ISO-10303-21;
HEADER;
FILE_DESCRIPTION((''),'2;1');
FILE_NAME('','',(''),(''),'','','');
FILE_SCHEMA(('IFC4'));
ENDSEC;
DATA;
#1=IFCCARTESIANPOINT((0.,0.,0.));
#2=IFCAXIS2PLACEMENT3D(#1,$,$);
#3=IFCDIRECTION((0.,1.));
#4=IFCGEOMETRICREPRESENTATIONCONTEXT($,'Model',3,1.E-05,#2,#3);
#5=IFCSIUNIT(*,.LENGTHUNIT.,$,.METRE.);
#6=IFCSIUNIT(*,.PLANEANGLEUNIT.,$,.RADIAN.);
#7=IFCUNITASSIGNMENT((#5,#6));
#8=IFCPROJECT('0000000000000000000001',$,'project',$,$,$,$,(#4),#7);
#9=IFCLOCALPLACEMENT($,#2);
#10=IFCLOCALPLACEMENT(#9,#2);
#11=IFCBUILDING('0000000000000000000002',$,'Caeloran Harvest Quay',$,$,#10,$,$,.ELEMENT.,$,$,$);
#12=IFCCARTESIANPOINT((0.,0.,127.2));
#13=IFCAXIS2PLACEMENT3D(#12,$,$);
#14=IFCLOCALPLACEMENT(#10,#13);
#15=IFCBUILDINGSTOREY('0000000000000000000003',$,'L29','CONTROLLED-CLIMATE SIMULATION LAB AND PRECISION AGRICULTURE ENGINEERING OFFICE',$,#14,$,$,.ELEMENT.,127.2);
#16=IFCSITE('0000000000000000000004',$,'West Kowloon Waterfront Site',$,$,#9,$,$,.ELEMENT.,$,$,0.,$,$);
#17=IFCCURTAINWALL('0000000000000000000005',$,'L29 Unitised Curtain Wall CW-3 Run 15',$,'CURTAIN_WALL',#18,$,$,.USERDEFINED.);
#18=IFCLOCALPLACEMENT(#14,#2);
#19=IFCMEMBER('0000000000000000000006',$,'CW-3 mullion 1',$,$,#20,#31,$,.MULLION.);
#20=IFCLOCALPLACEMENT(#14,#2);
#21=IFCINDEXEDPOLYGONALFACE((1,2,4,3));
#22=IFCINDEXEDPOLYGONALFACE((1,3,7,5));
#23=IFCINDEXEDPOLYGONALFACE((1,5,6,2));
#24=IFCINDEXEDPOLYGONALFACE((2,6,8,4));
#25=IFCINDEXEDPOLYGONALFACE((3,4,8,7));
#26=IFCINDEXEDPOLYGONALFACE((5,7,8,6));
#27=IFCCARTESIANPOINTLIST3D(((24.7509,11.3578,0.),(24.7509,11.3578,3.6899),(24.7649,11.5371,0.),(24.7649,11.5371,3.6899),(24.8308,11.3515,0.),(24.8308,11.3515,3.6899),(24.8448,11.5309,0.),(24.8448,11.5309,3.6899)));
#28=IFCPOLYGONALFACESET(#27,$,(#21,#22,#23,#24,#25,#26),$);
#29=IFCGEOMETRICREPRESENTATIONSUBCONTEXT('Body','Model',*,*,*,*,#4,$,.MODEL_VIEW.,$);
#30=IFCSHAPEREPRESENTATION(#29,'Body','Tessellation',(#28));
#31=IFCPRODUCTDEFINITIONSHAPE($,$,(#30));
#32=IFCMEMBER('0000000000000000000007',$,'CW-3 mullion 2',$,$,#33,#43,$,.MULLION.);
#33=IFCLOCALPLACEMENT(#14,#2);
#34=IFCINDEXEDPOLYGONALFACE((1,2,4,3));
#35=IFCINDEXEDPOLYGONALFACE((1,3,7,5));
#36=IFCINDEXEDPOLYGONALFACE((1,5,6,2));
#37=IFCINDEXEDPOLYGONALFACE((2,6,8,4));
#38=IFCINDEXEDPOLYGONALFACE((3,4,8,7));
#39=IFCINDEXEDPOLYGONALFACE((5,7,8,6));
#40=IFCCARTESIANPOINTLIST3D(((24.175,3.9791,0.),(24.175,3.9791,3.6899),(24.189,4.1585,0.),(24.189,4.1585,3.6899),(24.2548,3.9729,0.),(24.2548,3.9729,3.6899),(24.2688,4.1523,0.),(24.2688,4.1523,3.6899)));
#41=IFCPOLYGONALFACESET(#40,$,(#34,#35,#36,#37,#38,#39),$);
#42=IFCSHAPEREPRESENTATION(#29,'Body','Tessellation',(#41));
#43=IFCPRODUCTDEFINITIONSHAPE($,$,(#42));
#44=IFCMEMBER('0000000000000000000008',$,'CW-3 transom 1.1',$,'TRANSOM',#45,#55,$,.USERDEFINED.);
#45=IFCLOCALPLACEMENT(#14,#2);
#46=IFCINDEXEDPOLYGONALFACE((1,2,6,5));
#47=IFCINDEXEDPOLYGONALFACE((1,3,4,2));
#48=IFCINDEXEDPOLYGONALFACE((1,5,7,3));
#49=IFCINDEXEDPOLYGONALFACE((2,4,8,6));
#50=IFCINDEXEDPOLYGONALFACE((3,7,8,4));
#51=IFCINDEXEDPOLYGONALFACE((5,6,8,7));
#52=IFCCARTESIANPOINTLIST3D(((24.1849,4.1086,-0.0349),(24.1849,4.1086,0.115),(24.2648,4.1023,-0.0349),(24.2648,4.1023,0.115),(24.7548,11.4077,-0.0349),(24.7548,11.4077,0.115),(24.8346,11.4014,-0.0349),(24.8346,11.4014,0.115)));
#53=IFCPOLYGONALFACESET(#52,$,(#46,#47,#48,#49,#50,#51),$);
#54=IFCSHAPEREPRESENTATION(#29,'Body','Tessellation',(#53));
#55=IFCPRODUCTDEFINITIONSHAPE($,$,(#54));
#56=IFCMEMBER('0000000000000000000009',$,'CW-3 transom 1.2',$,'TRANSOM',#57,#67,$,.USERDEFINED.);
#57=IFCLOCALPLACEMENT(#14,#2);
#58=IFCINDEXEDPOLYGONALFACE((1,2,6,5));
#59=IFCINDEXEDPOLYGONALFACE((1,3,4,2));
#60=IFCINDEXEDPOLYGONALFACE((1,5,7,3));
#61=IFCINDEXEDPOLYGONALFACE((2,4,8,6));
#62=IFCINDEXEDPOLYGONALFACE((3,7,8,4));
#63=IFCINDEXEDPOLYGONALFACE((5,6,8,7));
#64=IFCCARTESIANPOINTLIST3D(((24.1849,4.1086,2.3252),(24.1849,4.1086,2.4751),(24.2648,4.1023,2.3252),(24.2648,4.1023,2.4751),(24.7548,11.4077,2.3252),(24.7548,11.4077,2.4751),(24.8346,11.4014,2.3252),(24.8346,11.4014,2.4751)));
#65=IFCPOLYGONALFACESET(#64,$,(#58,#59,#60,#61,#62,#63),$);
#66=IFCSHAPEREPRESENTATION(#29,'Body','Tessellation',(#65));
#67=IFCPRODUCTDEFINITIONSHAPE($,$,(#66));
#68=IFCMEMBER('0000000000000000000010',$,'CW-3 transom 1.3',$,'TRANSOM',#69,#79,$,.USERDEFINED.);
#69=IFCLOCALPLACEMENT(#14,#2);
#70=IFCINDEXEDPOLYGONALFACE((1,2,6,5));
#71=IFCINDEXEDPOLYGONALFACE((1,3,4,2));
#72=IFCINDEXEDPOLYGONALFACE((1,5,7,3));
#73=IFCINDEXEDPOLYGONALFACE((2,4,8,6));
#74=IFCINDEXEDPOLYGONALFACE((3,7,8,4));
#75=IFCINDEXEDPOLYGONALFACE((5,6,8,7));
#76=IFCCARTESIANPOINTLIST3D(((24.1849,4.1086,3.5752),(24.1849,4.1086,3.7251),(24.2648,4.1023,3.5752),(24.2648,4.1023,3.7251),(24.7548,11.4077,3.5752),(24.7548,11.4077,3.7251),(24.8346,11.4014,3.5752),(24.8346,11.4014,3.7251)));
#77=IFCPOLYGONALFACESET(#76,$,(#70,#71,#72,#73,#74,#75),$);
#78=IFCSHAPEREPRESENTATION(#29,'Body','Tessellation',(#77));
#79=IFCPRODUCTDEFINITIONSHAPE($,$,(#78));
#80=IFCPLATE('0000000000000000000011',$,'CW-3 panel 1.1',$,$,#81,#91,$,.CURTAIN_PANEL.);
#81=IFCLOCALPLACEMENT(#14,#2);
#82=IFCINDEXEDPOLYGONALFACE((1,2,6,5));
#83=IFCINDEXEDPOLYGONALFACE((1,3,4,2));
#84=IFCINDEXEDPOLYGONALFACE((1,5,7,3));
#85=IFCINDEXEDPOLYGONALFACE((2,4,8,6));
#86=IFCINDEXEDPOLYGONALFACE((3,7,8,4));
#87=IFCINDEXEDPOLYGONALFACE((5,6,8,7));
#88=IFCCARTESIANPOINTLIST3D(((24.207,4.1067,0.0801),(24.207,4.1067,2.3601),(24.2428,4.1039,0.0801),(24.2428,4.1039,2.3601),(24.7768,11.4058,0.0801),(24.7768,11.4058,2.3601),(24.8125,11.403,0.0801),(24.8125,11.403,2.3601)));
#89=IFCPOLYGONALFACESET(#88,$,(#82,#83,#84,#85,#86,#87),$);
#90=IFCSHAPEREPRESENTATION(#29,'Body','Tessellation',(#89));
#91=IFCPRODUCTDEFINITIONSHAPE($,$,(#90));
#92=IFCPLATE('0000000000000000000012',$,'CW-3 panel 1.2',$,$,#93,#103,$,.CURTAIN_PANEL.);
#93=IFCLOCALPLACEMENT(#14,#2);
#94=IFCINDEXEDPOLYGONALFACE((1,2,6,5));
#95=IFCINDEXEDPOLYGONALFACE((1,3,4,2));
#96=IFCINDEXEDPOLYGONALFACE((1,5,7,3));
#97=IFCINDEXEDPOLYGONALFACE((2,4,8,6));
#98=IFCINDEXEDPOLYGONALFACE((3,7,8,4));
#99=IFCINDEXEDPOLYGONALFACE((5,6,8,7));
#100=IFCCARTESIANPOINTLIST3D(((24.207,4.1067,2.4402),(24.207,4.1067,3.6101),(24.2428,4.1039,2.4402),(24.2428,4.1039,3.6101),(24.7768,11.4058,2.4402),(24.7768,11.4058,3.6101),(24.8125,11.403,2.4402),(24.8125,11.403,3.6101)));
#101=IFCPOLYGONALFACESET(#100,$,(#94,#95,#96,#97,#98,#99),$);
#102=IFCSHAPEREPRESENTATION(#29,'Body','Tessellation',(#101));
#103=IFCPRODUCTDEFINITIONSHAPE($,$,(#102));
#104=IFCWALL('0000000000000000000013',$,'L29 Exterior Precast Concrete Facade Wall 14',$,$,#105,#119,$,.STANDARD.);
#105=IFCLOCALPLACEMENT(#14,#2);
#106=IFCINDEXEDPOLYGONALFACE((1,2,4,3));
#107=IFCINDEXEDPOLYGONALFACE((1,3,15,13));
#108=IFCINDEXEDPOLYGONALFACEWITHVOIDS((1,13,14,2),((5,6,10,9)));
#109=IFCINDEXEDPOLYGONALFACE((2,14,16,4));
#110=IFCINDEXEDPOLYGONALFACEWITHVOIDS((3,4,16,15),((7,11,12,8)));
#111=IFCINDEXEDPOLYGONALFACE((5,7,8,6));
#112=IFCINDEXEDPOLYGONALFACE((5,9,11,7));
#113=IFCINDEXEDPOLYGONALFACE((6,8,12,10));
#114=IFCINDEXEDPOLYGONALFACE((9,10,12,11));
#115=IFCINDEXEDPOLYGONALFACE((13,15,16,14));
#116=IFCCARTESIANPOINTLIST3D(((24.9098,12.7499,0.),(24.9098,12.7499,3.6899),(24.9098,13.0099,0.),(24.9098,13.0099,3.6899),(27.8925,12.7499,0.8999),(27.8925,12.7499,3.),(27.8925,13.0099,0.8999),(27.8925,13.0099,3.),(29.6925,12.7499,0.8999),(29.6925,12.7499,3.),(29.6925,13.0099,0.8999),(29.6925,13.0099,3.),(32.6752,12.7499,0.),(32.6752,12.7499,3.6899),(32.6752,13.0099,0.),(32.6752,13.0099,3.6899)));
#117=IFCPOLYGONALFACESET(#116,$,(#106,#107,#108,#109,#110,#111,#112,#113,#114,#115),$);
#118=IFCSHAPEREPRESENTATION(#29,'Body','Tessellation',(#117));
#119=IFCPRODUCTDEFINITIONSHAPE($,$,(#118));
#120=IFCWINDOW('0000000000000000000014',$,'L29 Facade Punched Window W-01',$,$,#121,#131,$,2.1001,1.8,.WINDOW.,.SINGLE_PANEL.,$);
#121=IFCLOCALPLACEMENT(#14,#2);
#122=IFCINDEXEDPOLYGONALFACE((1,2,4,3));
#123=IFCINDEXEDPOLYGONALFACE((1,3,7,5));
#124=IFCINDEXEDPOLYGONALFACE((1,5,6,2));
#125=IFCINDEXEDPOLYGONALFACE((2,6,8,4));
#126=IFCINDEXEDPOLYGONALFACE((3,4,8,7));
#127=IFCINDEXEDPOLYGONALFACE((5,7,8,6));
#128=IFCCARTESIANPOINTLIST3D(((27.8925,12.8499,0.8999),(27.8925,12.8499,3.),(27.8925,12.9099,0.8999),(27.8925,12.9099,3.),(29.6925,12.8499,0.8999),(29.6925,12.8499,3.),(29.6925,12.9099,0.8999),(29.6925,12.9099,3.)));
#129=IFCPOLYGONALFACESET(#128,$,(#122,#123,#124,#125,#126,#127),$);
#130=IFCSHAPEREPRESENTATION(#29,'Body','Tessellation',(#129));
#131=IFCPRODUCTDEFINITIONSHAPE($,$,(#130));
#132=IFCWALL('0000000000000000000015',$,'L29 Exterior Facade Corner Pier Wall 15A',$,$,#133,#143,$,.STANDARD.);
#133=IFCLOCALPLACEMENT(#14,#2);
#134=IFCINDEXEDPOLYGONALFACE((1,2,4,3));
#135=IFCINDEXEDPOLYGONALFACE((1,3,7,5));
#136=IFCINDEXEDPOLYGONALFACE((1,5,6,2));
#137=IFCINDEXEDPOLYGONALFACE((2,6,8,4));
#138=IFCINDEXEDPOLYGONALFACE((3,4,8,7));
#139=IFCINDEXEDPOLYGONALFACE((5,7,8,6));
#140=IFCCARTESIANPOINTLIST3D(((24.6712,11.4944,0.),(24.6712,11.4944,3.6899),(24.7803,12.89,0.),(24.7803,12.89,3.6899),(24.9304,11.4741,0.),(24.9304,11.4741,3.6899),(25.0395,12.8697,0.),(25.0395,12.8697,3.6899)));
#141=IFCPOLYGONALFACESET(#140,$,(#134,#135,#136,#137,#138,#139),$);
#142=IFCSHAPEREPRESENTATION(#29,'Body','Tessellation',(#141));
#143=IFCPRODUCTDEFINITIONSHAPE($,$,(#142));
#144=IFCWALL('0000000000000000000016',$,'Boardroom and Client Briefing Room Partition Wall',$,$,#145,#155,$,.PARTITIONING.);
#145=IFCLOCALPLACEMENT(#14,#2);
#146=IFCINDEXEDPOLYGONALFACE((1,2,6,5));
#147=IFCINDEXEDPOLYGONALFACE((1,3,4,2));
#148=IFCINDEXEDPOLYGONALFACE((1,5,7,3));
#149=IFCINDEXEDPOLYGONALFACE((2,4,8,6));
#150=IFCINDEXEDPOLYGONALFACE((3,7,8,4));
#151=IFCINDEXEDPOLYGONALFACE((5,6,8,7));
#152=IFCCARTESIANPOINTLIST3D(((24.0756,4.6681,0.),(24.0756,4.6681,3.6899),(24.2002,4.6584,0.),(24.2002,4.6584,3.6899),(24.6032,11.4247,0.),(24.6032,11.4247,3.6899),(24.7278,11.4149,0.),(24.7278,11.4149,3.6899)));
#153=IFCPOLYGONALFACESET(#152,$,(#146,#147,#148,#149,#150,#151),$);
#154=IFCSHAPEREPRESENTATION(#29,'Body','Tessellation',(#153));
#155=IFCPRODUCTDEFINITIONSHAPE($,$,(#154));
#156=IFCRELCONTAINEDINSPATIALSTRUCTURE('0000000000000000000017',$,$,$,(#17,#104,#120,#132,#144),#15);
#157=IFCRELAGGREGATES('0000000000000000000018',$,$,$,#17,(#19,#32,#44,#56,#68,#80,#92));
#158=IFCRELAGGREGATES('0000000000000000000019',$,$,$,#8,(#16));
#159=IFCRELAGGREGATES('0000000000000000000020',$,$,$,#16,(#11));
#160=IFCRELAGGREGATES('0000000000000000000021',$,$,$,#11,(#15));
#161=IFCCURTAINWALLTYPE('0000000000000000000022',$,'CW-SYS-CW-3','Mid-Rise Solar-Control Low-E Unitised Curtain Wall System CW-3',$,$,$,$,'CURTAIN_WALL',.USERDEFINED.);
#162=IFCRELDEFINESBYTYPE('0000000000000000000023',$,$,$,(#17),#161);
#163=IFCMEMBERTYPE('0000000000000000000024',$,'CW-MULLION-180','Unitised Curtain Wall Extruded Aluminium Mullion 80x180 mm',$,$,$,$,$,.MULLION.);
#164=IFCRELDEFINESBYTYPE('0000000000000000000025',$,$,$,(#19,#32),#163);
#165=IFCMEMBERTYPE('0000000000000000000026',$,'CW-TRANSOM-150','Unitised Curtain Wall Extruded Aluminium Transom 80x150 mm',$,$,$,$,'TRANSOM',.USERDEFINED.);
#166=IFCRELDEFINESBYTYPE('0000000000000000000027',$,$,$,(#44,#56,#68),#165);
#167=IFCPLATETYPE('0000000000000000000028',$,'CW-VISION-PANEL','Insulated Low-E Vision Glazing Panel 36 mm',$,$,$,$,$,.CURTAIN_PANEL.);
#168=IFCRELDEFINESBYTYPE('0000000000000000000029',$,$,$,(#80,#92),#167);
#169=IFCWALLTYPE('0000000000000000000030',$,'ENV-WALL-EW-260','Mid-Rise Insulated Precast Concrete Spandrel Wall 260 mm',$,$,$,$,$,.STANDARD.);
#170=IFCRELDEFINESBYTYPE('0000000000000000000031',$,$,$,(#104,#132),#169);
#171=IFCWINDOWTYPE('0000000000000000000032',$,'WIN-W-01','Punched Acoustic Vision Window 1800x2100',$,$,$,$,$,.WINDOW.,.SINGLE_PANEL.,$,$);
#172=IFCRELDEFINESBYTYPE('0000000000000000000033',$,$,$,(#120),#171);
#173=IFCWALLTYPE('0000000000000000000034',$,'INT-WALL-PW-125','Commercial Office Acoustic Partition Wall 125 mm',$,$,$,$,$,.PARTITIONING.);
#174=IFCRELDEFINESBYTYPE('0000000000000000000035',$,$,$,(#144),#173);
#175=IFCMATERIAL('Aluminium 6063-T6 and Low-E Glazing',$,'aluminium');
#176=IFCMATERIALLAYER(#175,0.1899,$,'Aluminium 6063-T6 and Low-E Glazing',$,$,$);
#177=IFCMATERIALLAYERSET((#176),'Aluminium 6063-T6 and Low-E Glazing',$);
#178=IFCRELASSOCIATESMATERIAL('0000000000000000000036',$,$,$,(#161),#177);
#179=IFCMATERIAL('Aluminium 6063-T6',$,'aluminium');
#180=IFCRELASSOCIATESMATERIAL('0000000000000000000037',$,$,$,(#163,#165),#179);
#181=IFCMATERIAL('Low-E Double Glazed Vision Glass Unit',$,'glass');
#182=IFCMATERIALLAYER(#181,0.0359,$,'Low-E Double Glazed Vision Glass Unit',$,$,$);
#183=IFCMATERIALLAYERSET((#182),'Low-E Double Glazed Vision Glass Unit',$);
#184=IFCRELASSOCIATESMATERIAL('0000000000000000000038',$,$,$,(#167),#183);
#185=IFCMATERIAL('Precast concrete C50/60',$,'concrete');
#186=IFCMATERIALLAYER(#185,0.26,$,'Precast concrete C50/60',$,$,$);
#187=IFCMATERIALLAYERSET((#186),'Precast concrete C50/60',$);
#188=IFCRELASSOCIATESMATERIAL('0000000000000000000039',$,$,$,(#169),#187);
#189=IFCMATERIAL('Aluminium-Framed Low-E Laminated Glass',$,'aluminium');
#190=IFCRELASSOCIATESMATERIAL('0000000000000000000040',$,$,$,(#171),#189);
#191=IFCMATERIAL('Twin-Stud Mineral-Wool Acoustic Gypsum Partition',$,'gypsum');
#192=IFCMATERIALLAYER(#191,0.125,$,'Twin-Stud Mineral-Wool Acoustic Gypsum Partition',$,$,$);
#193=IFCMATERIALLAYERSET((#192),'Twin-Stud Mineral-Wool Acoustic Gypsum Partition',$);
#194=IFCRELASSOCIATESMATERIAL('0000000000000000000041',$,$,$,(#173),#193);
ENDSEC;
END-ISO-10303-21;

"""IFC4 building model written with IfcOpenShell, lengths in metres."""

from ifc_helpers import new_model, si_unit, direction, frame, frame_2d, origin, origin_2d, place, context, subcontext, project, spatial, rectangle, extrude, material, layer, layer_set, material_profile, profile_set, type_object, element, fill, aggregate, save


model = new_model("IFC4")

# Units and contexts
model_context = context("Model", 3, precision=1e-05, world=origin(), true_north=direction((0.0, 1.0)))
body_context = subcontext(model_context, "Body", "Model", "MODEL_VIEW")
ifc_project = project(units=[si_unit("LENGTHUNIT", "METRE"), si_unit("PLANEANGLEUNIT", "RADIAN")], contexts=[model_context])

# Site, building, storey
site_placement = place(None, origin())
site = spatial("IfcSite", under=ifc_project, at=site_placement, Name="West Kowloon Waterfront Site", CompositionType="ELEMENT", RefElevation=0.0)
building_placement = place(site_placement, origin())
building = spatial("IfcBuilding", under=site, at=building_placement, Name="Caeloran Harvest Quay", CompositionType="ELEMENT")
storey_placement = place(building_placement, frame((0.0, 0.0, 127.2)))
storey = spatial("IfcBuildingStorey", under=building, at=storey_placement, Name="L29", Description="CONTROLLED-CLIMATE SIMULATION LAB AND PRECISION AGRICULTURE ENGINEERING OFFICE", CompositionType="ELEMENT", Elevation=127.2)

# Curtain wall, members, plates
ifc_material_1 = material(Name="Aluminium 6063-T6 and Low-E Glazing", Category="aluminium")
ifc_layer_1 = layer(ifc_material_1, 0.1899, Name="Aluminium 6063-T6 and Low-E Glazing")
ifc_layer_set_1 = layer_set([ifc_layer_1], Name="Aluminium 6063-T6 and Low-E Glazing")
curtain_wall_type = type_object("IfcCurtainWallType", Name="CW-SYS-CW-3", Description="Mid-Rise Solar-Control Low-E Unitised Curtain Wall System CW-3", ElementType="CURTAIN_WALL", PredefinedType="USERDEFINED", material=ifc_layer_set_1)
curtain_wall_placement = place(storey_placement, origin())
curtain_wall = element("IfcCurtainWall", 1, at=curtain_wall_placement, inside=storey, type_object=curtain_wall_type, Name="L29 Unitised Curtain Wall CW-3 Run 15", ObjectType="CURTAIN_WALL", PredefinedType="USERDEFINED")
ifc_material_2 = material(Name="Aluminium 6063-T6", Category="aluminium")
ifc_material_profile_1 = material_profile(ifc_material_2, rectangle(XDim=0.0801, YDim=0.1799, at=origin_2d()), Name="CW-MULLION-180")
ifc_profile_set_1 = profile_set([ifc_material_profile_1], Name="Aluminium 6063-T6")
member_type_1 = type_object("IfcMemberType", Name="CW-MULLION-180", Description="Unitised Curtain Wall Extruded Aluminium Mullion 80x180 mm", PredefinedType="MULLION", material=ifc_profile_set_1)
member_1_placement = place(storey_placement, frame((24.7979, 11.4443, 0.0), z_axis=(0.0, 0.0, 1.0), x_axis=(0.996967, -0.077822, 0.0)))
member_1 = element("IfcMember", 2, at=member_1_placement, type_object=member_type_1, Name="CW-3 mullion 1", PredefinedType="MULLION", context=body_context, shape_type="SweptSolid", body=[
    extrude(rectangle(XDim=0.0801, YDim=0.1799, at=origin_2d()), origin(), (0.0, 0.0, 1.0), 3.6899),
])
member_2_placement = place(storey_placement, frame((24.2219, 4.0657, 0.0), z_axis=(0.0, 0.0, 1.0), x_axis=(0.996967, -0.077822, 0.0)))
member_2 = element("IfcMember", 3, at=member_2_placement, type_object=member_type_1, Name="CW-3 mullion 2", PredefinedType="MULLION", context=body_context, shape_type="SweptSolid", body=[
    extrude(rectangle(XDim=0.0801, YDim=0.1799, at=origin_2d()), origin(), (0.0, 0.0, 1.0), 3.6899),
])
ifc_material_profile_2 = material_profile(ifc_material_2, rectangle(XDim=0.0801, YDim=0.1499, at=origin_2d()), Name="CW-TRANSOM-150")
ifc_profile_set_2 = profile_set([ifc_material_profile_2], Name="Aluminium 6063-T6")
member_type_2 = type_object("IfcMemberType", Name="CW-TRANSOM-150", Description="Unitised Curtain Wall Extruded Aluminium Transom 80x150 mm", ElementType="TRANSOM", PredefinedType="USERDEFINED", material=ifc_profile_set_2)
member_3_placement = place(storey_placement, frame((24.7947, 11.4045, 0.04), z_axis=(-0.077831, -0.996967, 0.0), x_axis=(0.996967, -0.077831, 0.0)))
member_3 = element("IfcMember", 4, at=member_3_placement, type_object=member_type_2, Name="CW-3 transom 1.1", ObjectType="TRANSOM", PredefinedType="USERDEFINED", context=body_context, shape_type="SweptSolid", body=[
    extrude(rectangle(XDim=0.0801, YDim=0.1499, at=origin_2d()), origin(), (0.0, 0.0, 1.0), 7.3213),
])
member_4_placement = place(storey_placement, frame((24.7947, 11.4045, 2.4001), z_axis=(-0.077831, -0.996967, 0.0), x_axis=(0.996967, -0.077831, 0.0)))
member_4 = element("IfcMember", 5, at=member_4_placement, type_object=member_type_2, Name="CW-3 transom 1.2", ObjectType="TRANSOM", PredefinedType="USERDEFINED", context=body_context, shape_type="SweptSolid", body=[
    extrude(rectangle(XDim=0.0801, YDim=0.1499, at=origin_2d()), origin(), (0.0, 0.0, 1.0), 7.3213),
])
member_5_placement = place(storey_placement, frame((24.7947, 11.4045, 3.6501), z_axis=(-0.077831, -0.996967, 0.0), x_axis=(0.996967, -0.077831, 0.0)))
member_5 = element("IfcMember", 6, at=member_5_placement, type_object=member_type_2, Name="CW-3 transom 1.3", ObjectType="TRANSOM", PredefinedType="USERDEFINED", context=body_context, shape_type="SweptSolid", body=[
    extrude(rectangle(XDim=0.0801, YDim=0.1499, at=origin_2d()), origin(), (0.0, 0.0, 1.0), 7.3213),
])
ifc_material_3 = material(Name="Low-E Double Glazed Vision Glass Unit", Category="glass")
ifc_layer_2 = layer(ifc_material_3, 0.0359, Name="Low-E Double Glazed Vision Glass Unit")
ifc_layer_set_2 = layer_set([ifc_layer_2], Name="Low-E Double Glazed Vision Glass Unit")
plate_type = type_object("IfcPlateType", Name="CW-VISION-PANEL", Description="Insulated Low-E Vision Glazing Panel 36 mm", PredefinedType="CURTAIN_PANEL", material=ifc_layer_set_2)
plate_1_placement = place(storey_placement, frame((24.5098, 7.7549, 0.0801), z_axis=(0.0, 0.0, 1.0), x_axis=(-0.077822, -0.996967, 0.0)))
plate_1 = element("IfcPlate", 7, at=plate_1_placement, type_object=plate_type, Name="CW-3 panel 1.1", PredefinedType="CURTAIN_PANEL", context=body_context, shape_type="SweptSolid", body=[
    extrude(rectangle(XDim=7.3213, YDim=0.0359, at=origin_2d()), origin(), (0.0, 0.0, 1.0), 2.28),
])
plate_2_placement = place(storey_placement, frame((24.5098, 7.7549, 2.4402), z_axis=(0.0, 0.0, 1.0), x_axis=(-0.077822, -0.996967, 0.0)))
plate_2 = element("IfcPlate", 8, at=plate_2_placement, type_object=plate_type, Name="CW-3 panel 1.2", PredefinedType="CURTAIN_PANEL", context=body_context, shape_type="SweptSolid", body=[
    extrude(rectangle(XDim=7.3213, YDim=0.0359, at=origin_2d()), origin(), (0.0, 0.0, 1.0), 1.1699),
])
aggregate(curtain_wall, [member_1, member_2, member_3, member_4, member_5, plate_1, plate_2])

# Wall, opening, window
ifc_material_4 = material(Name="Precast concrete C50/60", Category="concrete")
ifc_layer_3 = layer(ifc_material_4, 0.26, Name="Precast concrete C50/60")
ifc_layer_set_3 = layer_set([ifc_layer_3], Name="Precast concrete C50/60")
wall_type_1 = type_object("IfcWallType", Name="ENV-WALL-EW-260", Description="Mid-Rise Insulated Precast Concrete Spandrel Wall 260 mm", PredefinedType="STANDARD", material=ifc_layer_set_3)
wall_1_placement = place(storey_placement, frame((32.6753, 12.8799, 0.0), z_axis=(0.0, 0.0, 1.0), x_axis=(-1.0, 0.0, 0.0)))
wall_1 = element("IfcWall", 9, at=wall_1_placement, inside=storey, type_object=wall_type_1, Name="L29 Exterior Precast Concrete Facade Wall 14", PredefinedType="STANDARD", context=body_context, shape_type="SweptSolid", body=[
    extrude(rectangle(XDim=7.7654, YDim=0.26, at=frame_2d((3.8828, 0.0))), origin(), (0.0, 0.0, 1.0), 3.6899),
])
opening_placement = place(wall_1_placement, frame((2.9829, 0.0, 0.8999)))
opening = element("IfcOpeningElement", 10, at=opening_placement, cuts=wall_1, PredefinedType="OPENING", context=body_context, shape_type="SweptSolid", body=[
    extrude(rectangle(XDim=1.8, YDim=2.1001, at=frame_2d((0.8999, 1.05))), frame((0.0, 0.1401, 0.0), z_axis=(0.0, -1.0, 0.0), x_axis=(1.0, 0.0, 0.0)), (0.0, 0.0, 1.0), 0.28),
])
ifc_material_5 = material(Name="Aluminium-Framed Low-E Laminated Glass", Category="aluminium")
window_type = type_object("IfcWindowType", Name="WIN-W-01", Description="Punched Acoustic Vision Window 1800x2100", PartitioningType="SINGLE_PANEL", PredefinedType="WINDOW", material=ifc_material_5)
window_placement = place(opening_placement, origin())
window = element("IfcWindow", 11, at=window_placement, inside=storey, type_object=window_type, Name="L29 Facade Punched Window W-01", OverallHeight=2.1001, OverallWidth=1.8, PartitioningType="SINGLE_PANEL", PredefinedType="WINDOW", context=body_context, shape_type="SweptSolid", body=[
    extrude(rectangle(XDim=1.8, YDim=2.1001, at=frame_2d((0.8999, 1.05))), frame((0.0, 0.03, 0.0), z_axis=(0.0, -1.0, 0.0), x_axis=(1.0, 0.0, 0.0)), (0.0, 0.0, 1.0), 0.0601),
])
fill(opening, window)

# Walls
wall_2_placement = place(storey_placement, frame((24.9099, 12.8799, 0.0), z_axis=(0.0, 0.0, 1.0), x_axis=(-0.07795, -0.996957, 0.0)))
element("IfcWall", 12, at=wall_2_placement, inside=storey, type_object=wall_type_1, Name="L29 Exterior Facade Corner Pier Wall 15A", PredefinedType="STANDARD", context=body_context, shape_type="SweptSolid", body=[
    extrude(rectangle(XDim=1.3999, YDim=0.26, at=frame_2d((0.7, 0.0))), origin(), (0.0, 0.0, 1.0), 3.6899),
])
ifc_material_6 = material(Name="Twin-Stud Mineral-Wool Acoustic Gypsum Partition", Category="gypsum")
ifc_layer_4 = layer(ifc_material_6, 0.125, Name="Twin-Stud Mineral-Wool Acoustic Gypsum Partition")
ifc_layer_set_4 = layer_set([ifc_layer_4], Name="Twin-Stud Mineral-Wool Acoustic Gypsum Partition")
wall_type_2 = type_object("IfcWallType", Name="INT-WALL-PW-125", Description="Commercial Office Acoustic Partition Wall 125 mm", PredefinedType="PARTITIONING", material=ifc_layer_set_4)
wall_3_placement = place(storey_placement, frame((24.6655, 11.4199, 0.0), z_axis=(0.0, 0.0, 1.0), x_axis=(-0.077848, -0.996965, 0.0)))
element("IfcWall", 13, at=wall_3_placement, inside=storey, type_object=wall_type_2, Name="Boardroom and Client Briefing Room Partition Wall", PredefinedType="PARTITIONING", context=body_context, shape_type="SweptSolid", body=[
    extrude(rectangle(XDim=6.7771, YDim=0.125, at=frame_2d((3.3887, 0.0))), origin(), (0.0, 0.0, 1.0), 3.6899),
])

save(model, "model.ifc")
